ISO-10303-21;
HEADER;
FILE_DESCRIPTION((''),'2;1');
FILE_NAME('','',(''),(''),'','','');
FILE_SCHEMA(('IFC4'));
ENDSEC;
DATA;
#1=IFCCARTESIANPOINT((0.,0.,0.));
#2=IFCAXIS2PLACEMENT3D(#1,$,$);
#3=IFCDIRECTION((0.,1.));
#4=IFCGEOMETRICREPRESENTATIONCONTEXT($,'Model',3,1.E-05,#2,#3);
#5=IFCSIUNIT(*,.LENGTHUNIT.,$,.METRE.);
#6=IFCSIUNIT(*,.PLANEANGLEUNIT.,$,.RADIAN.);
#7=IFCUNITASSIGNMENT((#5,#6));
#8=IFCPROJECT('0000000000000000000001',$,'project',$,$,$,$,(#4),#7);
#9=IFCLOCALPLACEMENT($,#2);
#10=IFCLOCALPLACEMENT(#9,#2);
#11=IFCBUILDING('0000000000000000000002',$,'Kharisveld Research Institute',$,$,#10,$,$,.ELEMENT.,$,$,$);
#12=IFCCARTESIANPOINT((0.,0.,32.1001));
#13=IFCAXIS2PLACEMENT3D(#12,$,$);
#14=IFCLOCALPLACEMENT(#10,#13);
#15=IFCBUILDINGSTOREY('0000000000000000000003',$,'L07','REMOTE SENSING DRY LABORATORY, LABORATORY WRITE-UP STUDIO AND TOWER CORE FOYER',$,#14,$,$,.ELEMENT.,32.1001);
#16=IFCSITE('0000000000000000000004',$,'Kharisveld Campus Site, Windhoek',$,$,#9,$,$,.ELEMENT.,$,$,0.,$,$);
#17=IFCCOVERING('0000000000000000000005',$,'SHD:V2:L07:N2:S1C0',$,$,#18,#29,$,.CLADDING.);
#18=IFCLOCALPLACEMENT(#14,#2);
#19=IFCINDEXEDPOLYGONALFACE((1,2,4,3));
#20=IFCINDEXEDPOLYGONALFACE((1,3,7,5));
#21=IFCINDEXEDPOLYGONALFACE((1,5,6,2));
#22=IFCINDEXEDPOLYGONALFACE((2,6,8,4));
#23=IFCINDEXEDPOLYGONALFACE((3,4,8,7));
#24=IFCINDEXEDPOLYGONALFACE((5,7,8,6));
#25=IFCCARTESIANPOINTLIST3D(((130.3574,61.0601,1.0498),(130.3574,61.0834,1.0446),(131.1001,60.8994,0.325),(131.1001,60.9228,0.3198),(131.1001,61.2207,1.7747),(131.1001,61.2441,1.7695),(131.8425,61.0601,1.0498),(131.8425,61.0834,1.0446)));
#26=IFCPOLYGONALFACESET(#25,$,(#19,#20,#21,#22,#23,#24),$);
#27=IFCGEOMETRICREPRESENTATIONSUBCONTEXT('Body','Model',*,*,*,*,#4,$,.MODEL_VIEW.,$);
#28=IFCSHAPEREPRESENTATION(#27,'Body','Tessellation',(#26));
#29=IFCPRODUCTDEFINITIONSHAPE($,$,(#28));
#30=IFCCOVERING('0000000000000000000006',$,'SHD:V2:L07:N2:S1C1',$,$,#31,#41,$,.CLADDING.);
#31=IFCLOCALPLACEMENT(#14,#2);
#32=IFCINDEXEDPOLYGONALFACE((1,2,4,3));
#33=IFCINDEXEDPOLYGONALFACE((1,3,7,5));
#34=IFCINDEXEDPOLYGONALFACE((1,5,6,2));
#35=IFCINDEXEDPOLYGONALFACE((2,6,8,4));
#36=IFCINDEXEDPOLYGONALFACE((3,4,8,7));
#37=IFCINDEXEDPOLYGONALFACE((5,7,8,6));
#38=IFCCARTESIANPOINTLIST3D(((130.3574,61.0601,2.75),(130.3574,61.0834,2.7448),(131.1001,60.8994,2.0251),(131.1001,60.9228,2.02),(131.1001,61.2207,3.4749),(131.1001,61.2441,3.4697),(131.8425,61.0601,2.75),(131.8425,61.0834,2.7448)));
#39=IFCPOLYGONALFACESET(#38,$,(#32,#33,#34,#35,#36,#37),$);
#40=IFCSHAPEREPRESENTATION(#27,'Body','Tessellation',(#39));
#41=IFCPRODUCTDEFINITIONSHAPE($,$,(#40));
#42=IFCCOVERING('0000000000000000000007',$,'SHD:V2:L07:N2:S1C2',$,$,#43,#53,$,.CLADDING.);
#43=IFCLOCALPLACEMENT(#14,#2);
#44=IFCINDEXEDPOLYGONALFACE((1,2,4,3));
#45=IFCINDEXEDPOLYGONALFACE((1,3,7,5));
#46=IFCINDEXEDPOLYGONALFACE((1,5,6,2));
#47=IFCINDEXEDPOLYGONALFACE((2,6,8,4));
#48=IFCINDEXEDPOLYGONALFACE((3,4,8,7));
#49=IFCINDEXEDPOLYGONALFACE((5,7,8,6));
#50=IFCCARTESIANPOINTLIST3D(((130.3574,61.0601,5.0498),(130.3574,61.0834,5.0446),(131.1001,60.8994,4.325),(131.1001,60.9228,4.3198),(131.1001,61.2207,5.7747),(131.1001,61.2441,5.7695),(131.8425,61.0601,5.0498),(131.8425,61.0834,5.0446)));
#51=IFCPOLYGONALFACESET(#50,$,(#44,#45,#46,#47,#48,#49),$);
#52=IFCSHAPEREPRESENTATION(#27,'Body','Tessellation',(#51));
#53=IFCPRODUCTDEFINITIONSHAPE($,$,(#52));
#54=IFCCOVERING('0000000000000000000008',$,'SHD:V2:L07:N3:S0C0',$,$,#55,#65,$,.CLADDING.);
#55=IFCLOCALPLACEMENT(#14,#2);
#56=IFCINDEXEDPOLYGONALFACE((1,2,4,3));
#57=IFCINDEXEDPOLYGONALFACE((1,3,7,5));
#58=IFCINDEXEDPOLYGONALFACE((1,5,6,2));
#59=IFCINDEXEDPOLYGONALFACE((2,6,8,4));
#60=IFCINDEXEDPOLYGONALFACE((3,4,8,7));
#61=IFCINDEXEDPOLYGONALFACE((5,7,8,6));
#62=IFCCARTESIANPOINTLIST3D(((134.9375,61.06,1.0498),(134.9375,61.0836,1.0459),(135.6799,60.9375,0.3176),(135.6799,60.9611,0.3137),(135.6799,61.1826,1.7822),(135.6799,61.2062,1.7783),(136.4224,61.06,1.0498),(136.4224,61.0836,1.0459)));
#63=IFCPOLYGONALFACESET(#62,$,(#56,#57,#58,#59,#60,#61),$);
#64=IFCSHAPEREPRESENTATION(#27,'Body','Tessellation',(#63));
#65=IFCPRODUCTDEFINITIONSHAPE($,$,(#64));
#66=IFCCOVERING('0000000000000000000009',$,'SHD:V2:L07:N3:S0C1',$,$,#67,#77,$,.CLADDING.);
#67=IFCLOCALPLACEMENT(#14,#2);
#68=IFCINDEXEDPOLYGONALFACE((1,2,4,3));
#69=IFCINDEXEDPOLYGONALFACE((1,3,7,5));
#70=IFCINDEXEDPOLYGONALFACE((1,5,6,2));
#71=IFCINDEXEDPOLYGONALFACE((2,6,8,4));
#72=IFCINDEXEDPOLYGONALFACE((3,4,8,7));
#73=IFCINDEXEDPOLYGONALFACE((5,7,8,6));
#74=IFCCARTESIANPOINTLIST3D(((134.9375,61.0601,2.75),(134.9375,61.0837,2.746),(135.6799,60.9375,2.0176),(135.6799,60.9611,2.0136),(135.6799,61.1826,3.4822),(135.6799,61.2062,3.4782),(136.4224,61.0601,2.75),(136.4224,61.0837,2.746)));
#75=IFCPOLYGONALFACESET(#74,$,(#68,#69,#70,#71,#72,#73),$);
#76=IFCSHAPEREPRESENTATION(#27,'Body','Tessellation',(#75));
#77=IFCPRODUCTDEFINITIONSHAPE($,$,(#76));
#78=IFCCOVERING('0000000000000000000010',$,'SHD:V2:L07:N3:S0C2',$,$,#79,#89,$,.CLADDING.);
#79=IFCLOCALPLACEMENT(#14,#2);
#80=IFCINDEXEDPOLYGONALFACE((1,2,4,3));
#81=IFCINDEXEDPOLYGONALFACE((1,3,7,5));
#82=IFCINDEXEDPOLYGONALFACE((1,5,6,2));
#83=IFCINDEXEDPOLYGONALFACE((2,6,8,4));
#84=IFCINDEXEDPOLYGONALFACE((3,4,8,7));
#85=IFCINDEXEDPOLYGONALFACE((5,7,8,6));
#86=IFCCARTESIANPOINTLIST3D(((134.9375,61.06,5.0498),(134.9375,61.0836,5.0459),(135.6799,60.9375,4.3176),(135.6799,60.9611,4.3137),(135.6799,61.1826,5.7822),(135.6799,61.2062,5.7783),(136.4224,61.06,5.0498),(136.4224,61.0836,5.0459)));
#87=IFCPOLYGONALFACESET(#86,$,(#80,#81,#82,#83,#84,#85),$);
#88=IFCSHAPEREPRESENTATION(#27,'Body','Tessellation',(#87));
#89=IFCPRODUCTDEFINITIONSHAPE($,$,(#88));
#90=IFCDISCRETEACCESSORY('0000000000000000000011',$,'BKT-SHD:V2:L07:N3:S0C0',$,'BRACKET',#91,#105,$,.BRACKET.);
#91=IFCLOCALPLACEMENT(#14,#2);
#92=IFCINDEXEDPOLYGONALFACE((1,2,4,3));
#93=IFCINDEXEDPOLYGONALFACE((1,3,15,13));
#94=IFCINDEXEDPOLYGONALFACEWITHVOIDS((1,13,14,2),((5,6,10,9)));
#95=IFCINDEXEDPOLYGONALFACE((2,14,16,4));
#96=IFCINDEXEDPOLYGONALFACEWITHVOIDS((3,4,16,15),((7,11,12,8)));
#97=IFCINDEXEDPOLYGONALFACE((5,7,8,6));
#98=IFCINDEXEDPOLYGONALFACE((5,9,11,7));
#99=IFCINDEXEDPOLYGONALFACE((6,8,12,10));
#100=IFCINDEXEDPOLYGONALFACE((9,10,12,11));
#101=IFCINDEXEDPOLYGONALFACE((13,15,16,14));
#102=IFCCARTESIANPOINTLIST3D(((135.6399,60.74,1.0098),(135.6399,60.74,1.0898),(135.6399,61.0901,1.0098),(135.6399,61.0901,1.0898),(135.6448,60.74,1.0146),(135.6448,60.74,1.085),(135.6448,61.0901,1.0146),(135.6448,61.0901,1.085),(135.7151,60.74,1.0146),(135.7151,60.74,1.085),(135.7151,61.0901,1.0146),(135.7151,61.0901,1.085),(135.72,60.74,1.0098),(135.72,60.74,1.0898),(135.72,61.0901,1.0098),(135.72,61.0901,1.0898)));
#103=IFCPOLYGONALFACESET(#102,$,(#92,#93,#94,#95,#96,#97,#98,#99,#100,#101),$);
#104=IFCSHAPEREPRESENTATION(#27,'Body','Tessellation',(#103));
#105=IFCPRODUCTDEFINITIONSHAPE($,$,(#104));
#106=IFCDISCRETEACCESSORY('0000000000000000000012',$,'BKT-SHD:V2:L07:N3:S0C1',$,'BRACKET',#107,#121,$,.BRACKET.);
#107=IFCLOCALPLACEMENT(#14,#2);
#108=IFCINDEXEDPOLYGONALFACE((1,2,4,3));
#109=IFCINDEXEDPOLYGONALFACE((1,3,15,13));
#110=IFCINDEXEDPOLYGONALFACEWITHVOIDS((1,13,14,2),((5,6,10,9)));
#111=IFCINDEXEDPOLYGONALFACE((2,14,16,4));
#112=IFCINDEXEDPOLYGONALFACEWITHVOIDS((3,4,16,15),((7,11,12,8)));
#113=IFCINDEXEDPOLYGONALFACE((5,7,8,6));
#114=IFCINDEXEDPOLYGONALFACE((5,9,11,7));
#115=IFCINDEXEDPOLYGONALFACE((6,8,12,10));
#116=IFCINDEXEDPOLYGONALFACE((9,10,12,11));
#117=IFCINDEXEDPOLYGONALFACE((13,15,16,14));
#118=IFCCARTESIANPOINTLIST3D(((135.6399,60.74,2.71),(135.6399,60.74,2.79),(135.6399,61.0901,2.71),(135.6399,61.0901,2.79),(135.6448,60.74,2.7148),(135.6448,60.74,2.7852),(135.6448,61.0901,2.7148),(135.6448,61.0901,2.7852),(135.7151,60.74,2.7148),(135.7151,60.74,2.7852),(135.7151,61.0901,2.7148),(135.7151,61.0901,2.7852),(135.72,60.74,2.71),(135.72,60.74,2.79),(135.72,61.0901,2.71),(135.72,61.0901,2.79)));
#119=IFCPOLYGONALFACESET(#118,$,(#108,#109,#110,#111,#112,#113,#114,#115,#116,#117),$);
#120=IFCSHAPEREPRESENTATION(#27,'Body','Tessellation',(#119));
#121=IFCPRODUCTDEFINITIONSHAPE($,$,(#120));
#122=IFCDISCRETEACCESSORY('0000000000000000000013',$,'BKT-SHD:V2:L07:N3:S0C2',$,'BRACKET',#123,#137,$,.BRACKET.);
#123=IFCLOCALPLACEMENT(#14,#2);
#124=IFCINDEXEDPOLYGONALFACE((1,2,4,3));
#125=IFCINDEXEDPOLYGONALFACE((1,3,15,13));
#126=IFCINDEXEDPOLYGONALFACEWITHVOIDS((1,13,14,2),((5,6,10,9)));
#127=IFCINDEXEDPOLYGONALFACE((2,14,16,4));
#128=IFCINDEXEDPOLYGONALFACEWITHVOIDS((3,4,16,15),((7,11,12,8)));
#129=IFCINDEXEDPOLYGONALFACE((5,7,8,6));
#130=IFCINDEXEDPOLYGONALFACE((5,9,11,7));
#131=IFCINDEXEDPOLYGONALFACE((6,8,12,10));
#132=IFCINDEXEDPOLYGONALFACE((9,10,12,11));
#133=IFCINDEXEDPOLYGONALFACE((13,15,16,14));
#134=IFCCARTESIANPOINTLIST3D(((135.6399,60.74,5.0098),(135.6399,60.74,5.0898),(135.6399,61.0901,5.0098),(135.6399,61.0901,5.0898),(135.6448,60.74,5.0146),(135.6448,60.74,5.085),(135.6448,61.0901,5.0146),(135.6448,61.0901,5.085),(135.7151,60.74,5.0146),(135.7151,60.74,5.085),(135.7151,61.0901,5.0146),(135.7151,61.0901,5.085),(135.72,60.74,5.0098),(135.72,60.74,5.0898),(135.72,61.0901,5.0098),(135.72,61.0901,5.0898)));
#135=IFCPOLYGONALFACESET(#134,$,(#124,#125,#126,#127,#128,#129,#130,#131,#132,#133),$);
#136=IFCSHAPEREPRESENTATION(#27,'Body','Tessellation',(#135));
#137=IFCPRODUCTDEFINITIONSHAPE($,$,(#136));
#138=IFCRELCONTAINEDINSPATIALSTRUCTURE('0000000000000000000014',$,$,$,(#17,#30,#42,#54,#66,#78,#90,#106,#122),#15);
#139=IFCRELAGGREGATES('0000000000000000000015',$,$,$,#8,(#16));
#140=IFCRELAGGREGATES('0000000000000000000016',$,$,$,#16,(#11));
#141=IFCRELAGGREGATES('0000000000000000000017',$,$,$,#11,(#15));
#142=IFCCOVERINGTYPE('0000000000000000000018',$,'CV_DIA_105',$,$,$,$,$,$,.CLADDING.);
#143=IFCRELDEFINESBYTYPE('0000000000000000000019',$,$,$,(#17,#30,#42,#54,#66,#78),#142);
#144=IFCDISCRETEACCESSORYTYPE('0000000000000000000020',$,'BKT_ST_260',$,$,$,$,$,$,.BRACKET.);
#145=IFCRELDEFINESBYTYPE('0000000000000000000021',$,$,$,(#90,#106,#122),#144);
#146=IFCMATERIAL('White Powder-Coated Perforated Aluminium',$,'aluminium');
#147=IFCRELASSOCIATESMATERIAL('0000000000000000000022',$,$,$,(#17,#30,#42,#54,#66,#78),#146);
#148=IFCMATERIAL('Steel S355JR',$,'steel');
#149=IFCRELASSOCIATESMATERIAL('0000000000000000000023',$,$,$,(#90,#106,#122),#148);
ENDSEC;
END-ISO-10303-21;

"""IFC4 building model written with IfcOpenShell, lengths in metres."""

from ifc_helpers import new_model, si_unit, direction, frame, origin, origin_2d, place, context, subcontext, project, spatial, polyline, hollow_rectangle, outline, extrude, material, type_object, element, save


model = new_model("IFC4")

# Units and contexts
model_context = context("Model", 3, precision=1e-05, world=origin(), true_north=direction((0.0, 1.0)))
body_context = subcontext(model_context, "Body", "Model", "MODEL_VIEW")
ifc_project = project(units=[si_unit("LENGTHUNIT", "METRE"), si_unit("PLANEANGLEUNIT", "RADIAN")], contexts=[model_context])

# Site, building, storey
site_placement = place(None, origin())
site = spatial("IfcSite", under=ifc_project, at=site_placement, Name="Kharisveld Campus Site, Windhoek", CompositionType="ELEMENT", RefElevation=0.0)
building_placement = place(site_placement, origin())
building = spatial("IfcBuilding", under=site, at=building_placement, Name="Kharisveld Research Institute", CompositionType="ELEMENT")
storey_placement = place(building_placement, frame((0.0, 0.0, 32.1001)))
storey = spatial("IfcBuildingStorey", under=building, at=storey_placement, Name="L07", Description="REMOTE SENSING DRY LABORATORY, LABORATORY WRITE-UP STUDIO AND TOWER CORE FOYER", CompositionType="ELEMENT", Elevation=32.1001)

# Coverings
ifc_material_1 = material(Name="White Powder-Coated Perforated Aluminium", Category="aluminium")
covering_type = type_object("IfcCoveringType", Name="CV_DIA_105", PredefinedType="CLADDING")
for number, where, z_axis, x_axis, name in (
    (1, (131.1001, 60.8994, 0.325), (0.0, -0.976311, 0.216373), (0.707102, 0.153, 0.69036), "SHD:V2:L07:N2:S1C0"),
    (2, (131.1001, 60.8994, 2.0251), (0.0, -0.976311, 0.216373), (0.707102, 0.153, 0.69036), "SHD:V2:L07:N2:S1C1"),
    (3, (131.1001, 60.8994, 4.325), (0.0, -0.976311, 0.216373), (0.707102, 0.153, 0.69036), "SHD:V2:L07:N2:S1C2"),
):
    element("IfcCovering", number, at=place(storey_placement, frame(where, z_axis=z_axis, x_axis=x_axis)), inside=storey, type_object=covering_type, material=ifc_material_1, Name=name, PredefinedType="CLADDING", context=body_context, shape_type="SweptSolid", body=[
        extrude(outline(polyline([(0.0, 0.0), (1.05, 0.0), (1.05, 1.05), (-0.0002, 1.0501), (0.0, 0.0)])), origin(), (0.0, 0.0, -1.0), 0.0239),
    ])
covering_1_placement = place(storey_placement, frame((135.6799, 60.9375, 0.3176), z_axis=(0.0, -0.986283, 0.165065), x_axis=(0.707139, 0.116714, 0.697376)))
element("IfcCovering", 4, at=covering_1_placement, inside=storey, type_object=covering_type, material=ifc_material_1, Name="SHD:V2:L07:N3:S0C0", PredefinedType="CLADDING", context=body_context, shape_type="SweptSolid", body=[
    extrude(outline(polyline([(0.0, 0.0), (1.0499, 0.0), (1.05, 1.0501), (-0.0001, 1.0499), (0.0, 0.0)])), origin(), (0.0, 0.0, -1.0), 0.0239),
])
covering_2_placement = place(storey_placement, frame((135.6799, 60.9375, 2.0176), z_axis=(0.0, -0.986283, 0.165065), x_axis=(0.707024, 0.116733, 0.697489)))
element("IfcCovering", 5, at=covering_2_placement, inside=storey, type_object=covering_type, material=ifc_material_1, Name="SHD:V2:L07:N3:S0C1", PredefinedType="CLADDING", context=body_context, shape_type="SweptSolid", body=[
    extrude(outline(polyline([(0.0, 0.0), (1.0501, 0.0), (1.0502, 1.0499), (0.0002, 1.0501), (0.0, 0.0)])), origin(), (0.0, 0.0, -1.0), 0.0239),
])
covering_3_placement = place(storey_placement, frame((135.6799, 60.9375, 4.3176), z_axis=(0.0, -0.986283, 0.165065), x_axis=(0.707139, 0.116714, 0.697376)))
element("IfcCovering", 6, at=covering_3_placement, inside=storey, type_object=covering_type, material=ifc_material_1, Name="SHD:V2:L07:N3:S0C2", PredefinedType="CLADDING", context=body_context, shape_type="SweptSolid", body=[
    extrude(outline(polyline([(0.0, 0.0), (1.0499, 0.0), (1.05, 1.0501), (-0.0001, 1.0499), (0.0, 0.0)])), origin(), (0.0, 0.0, -1.0), 0.0239),
])

# Discrete accessories
ifc_material_2 = material(Name="Steel S355JR", Category="steel")
discrete_accessory_type = type_object("IfcDiscreteAccessoryType", Name="BKT_ST_260", PredefinedType="BRACKET")
for number, where, z_axis, x_axis, name in (
    (7, (135.6799, 60.74, 1.0498), (0.0, 1.0, 0.0), (-1.0, 0.0, 0.0), "BKT-SHD:V2:L07:N3:S0C0"),
    (8, (135.6799, 60.74, 2.75), (0.0, 1.0, 0.0), (-1.0, 0.0, 0.0), "BKT-SHD:V2:L07:N3:S0C1"),
    (9, (135.6799, 60.74, 5.0498), (0.0, 1.0, 0.0), (-1.0, 0.0, 0.0), "BKT-SHD:V2:L07:N3:S0C2"),
):
    element("IfcDiscreteAccessory", number, at=place(storey_placement, frame(where, z_axis=z_axis, x_axis=x_axis)), inside=storey, type_object=discrete_accessory_type, material=ifc_material_2, Name=name, ObjectType="BRACKET", PredefinedType="BRACKET", context=body_context, shape_type="SweptSolid", body=[
        extrude(hollow_rectangle(XDim=0.0801, YDim=0.0801, WallThickness=0.0049, at=origin_2d()), origin(), (0.0, 0.0, 1.0), 0.3501),
    ])

save(model, "model.ifc")
